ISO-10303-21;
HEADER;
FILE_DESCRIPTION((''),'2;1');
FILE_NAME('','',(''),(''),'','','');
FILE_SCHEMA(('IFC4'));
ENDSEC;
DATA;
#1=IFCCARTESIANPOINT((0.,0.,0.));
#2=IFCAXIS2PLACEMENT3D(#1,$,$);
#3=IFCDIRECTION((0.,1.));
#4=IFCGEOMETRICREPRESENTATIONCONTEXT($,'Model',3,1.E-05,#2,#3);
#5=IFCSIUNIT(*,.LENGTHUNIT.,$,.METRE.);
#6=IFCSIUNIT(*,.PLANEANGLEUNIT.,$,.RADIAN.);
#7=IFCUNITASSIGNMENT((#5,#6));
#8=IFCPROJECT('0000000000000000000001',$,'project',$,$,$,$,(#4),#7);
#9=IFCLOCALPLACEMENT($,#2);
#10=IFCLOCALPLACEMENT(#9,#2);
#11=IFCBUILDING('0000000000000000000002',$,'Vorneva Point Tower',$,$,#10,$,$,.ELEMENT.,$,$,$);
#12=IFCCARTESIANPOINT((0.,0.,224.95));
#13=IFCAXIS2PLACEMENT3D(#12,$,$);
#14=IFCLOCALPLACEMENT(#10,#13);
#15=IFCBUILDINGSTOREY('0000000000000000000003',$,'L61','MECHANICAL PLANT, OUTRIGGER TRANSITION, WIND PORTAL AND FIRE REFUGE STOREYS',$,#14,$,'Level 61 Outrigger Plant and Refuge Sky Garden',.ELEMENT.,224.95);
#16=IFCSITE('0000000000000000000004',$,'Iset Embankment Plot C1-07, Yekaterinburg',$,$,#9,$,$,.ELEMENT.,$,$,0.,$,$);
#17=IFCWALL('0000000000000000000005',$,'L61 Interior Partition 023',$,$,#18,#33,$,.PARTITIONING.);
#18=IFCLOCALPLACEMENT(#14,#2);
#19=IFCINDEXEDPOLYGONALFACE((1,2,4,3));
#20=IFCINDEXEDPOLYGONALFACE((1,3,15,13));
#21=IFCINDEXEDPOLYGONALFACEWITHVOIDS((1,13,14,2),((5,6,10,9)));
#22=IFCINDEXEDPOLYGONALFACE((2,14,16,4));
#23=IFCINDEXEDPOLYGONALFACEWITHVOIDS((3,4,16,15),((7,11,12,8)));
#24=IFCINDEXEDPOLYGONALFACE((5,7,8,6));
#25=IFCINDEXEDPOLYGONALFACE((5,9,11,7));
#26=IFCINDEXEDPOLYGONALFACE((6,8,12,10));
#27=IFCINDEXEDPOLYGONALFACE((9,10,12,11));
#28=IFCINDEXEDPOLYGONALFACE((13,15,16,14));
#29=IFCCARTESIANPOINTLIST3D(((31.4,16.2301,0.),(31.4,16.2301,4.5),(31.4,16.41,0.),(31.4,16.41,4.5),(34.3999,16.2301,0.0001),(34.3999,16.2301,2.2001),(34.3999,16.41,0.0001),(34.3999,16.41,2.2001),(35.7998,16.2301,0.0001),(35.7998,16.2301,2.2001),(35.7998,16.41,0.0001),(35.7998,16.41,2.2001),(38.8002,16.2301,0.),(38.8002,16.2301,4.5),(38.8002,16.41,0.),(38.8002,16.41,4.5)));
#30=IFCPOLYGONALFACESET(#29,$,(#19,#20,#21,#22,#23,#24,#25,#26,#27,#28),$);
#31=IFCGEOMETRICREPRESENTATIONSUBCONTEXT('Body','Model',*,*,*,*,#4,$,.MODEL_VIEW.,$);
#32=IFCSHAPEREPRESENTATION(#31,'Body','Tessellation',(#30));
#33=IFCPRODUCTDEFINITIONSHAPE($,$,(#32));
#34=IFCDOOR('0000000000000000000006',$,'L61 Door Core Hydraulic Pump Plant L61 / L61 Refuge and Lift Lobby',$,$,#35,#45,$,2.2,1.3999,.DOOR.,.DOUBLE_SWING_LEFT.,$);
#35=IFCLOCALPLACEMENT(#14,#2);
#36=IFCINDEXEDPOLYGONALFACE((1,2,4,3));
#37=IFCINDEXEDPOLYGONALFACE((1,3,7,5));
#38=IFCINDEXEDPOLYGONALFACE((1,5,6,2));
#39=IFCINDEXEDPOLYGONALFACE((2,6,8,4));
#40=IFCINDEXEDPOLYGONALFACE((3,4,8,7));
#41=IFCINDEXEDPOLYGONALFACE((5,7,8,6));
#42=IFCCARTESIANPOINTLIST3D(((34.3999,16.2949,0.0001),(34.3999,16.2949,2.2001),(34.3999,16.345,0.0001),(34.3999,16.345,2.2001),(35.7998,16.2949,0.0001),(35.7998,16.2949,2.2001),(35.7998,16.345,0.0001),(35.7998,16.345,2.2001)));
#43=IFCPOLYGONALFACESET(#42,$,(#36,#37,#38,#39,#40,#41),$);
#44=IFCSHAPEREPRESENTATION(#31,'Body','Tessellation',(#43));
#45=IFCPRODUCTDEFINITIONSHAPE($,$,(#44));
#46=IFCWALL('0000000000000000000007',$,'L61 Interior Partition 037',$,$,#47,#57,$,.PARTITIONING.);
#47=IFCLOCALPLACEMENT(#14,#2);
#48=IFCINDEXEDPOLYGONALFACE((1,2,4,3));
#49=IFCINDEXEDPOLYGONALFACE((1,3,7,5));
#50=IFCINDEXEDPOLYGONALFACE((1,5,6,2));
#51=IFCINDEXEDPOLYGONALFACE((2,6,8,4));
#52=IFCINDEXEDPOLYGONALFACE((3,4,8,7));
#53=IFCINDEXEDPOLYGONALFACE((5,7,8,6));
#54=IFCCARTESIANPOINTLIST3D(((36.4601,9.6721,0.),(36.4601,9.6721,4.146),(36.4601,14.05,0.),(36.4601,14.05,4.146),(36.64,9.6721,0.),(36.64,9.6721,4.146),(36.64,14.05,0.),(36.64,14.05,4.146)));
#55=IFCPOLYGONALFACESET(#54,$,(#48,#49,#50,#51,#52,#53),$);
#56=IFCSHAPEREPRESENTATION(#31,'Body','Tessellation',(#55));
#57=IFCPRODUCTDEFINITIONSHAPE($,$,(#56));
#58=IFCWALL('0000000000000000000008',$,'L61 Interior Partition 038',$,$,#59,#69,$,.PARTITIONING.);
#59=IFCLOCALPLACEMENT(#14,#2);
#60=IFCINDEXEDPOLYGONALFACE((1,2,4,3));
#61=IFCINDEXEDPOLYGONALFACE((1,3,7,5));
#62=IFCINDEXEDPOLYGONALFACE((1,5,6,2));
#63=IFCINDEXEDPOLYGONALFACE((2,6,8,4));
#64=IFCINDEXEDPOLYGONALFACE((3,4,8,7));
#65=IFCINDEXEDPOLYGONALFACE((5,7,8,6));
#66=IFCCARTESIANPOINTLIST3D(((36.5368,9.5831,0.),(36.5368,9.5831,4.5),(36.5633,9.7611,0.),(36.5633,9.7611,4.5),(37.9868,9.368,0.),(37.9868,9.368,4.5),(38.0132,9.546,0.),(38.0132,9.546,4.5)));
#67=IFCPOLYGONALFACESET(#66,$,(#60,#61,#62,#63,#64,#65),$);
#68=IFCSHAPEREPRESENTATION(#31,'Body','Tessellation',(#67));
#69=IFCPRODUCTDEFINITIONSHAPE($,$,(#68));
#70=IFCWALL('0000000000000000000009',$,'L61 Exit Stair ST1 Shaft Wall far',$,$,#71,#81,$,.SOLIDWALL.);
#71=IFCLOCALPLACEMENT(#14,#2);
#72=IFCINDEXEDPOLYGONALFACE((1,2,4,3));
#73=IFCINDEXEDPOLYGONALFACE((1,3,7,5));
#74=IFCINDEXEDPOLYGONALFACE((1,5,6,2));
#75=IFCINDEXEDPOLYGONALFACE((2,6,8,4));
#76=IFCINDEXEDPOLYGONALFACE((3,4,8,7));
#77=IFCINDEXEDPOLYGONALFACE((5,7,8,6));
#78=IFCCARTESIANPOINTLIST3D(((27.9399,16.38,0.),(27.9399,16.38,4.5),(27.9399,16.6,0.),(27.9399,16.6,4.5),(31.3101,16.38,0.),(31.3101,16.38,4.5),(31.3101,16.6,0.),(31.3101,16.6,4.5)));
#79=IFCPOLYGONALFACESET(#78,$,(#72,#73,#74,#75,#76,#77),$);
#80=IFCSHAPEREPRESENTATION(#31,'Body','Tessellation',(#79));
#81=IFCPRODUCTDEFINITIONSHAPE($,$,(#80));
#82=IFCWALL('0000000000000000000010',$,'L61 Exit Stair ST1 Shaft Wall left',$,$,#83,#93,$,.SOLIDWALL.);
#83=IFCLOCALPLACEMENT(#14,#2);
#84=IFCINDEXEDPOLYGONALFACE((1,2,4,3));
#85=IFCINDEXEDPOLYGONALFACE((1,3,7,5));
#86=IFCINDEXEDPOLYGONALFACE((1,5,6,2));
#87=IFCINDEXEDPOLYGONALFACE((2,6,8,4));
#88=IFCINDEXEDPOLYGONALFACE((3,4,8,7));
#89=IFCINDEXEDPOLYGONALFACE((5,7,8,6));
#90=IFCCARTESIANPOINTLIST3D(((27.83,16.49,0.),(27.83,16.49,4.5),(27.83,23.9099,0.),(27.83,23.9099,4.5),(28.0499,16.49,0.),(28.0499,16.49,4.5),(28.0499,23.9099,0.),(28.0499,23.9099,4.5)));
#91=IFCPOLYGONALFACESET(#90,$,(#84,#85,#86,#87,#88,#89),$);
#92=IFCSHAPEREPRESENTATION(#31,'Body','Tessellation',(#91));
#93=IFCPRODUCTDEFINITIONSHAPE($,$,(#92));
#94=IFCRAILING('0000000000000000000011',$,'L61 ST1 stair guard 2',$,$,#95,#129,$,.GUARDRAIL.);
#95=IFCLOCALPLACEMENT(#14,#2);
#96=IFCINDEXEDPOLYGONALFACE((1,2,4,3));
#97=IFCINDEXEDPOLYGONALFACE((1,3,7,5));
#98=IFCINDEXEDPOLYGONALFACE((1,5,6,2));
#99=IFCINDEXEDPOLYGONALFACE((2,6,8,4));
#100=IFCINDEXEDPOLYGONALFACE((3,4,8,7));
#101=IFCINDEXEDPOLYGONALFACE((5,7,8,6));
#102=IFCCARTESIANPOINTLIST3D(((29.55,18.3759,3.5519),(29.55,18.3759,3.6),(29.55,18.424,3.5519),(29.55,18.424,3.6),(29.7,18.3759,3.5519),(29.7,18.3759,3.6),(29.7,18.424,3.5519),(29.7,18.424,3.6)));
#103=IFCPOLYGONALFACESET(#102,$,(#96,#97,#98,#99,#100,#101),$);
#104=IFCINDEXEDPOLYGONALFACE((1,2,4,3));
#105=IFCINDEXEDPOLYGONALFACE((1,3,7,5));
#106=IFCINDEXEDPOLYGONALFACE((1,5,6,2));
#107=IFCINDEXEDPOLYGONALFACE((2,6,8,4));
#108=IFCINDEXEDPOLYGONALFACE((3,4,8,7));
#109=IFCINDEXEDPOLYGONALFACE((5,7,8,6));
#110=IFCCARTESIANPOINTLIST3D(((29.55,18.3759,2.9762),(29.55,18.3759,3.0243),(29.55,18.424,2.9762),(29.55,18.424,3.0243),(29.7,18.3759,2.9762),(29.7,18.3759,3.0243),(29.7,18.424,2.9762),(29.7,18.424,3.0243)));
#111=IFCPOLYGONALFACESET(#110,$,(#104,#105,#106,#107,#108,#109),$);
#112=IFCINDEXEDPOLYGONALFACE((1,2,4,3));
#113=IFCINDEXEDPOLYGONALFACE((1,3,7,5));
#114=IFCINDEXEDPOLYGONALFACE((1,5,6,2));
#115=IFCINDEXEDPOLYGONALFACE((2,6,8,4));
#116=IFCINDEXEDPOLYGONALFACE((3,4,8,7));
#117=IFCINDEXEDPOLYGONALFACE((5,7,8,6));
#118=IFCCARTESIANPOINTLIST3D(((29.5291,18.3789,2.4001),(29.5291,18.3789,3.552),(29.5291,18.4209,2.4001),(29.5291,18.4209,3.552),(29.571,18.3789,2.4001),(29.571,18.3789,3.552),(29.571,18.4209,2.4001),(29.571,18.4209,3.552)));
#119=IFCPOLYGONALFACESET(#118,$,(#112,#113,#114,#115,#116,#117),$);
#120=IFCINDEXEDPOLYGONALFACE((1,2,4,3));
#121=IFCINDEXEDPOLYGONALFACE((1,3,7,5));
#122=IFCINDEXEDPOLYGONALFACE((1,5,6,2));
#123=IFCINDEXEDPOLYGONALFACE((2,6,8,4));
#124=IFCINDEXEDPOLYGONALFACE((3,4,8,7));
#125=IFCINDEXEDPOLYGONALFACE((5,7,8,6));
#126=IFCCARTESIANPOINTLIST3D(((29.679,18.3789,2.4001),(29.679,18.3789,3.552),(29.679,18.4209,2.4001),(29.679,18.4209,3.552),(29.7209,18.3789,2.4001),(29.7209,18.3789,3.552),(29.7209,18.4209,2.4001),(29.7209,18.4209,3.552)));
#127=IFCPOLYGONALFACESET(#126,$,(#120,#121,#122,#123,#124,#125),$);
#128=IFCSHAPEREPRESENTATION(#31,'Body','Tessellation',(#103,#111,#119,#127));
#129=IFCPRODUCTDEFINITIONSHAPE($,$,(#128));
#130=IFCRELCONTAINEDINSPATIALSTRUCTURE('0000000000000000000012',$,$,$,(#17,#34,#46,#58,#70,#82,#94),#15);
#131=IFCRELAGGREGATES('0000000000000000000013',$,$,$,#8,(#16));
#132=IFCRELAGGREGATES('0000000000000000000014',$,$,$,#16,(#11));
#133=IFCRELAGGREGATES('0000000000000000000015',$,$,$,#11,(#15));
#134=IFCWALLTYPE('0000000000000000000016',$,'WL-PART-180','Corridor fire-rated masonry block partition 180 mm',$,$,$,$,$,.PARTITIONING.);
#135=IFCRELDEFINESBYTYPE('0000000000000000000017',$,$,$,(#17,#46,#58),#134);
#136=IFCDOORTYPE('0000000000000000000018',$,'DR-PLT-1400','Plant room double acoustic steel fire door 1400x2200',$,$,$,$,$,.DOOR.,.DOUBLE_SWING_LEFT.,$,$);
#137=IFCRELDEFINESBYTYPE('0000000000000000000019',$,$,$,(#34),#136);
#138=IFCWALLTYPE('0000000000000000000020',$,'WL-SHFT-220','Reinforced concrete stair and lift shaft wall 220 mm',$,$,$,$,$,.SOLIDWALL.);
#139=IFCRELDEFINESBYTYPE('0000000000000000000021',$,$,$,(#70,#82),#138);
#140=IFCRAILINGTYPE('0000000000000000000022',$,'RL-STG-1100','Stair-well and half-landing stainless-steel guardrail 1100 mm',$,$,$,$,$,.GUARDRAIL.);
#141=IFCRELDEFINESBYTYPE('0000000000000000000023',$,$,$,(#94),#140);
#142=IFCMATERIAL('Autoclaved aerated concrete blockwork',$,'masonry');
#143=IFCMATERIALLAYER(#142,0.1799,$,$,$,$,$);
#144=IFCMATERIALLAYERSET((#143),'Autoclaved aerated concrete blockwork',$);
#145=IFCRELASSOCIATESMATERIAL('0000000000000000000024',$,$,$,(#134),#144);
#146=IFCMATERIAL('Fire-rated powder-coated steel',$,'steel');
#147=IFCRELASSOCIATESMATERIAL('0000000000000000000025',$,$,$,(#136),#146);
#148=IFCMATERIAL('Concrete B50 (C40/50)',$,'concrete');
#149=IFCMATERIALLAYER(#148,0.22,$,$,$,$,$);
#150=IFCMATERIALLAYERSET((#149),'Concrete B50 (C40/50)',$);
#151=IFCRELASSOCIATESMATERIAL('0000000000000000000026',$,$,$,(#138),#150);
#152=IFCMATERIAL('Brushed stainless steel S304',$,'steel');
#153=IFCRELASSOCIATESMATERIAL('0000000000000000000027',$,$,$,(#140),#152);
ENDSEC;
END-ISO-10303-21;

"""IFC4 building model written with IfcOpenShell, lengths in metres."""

from ifc_helpers import new_model, si_unit, direction, frame, frame_2d, origin, origin_2d, place, context, subcontext, project, spatial, rectangle, extrude, material, layer, layer_set, type_object, element, fill, save


model = new_model("IFC4")

# Units and contexts
model_context = context("Model", 3, precision=1e-05, world=origin(), true_north=direction((0.0, 1.0)))
body_context = subcontext(model_context, "Body", "Model", "MODEL_VIEW")
ifc_project = project(units=[si_unit("LENGTHUNIT", "METRE"), si_unit("PLANEANGLEUNIT", "RADIAN")], contexts=[model_context])

# Site, building, storey
site_placement = place(None, origin())
site = spatial("IfcSite", under=ifc_project, at=site_placement, Name="Iset Embankment Plot C1-07, Yekaterinburg", CompositionType="ELEMENT", RefElevation=0.0)
building_placement = place(site_placement, origin())
building = spatial("IfcBuilding", under=site, at=building_placement, Name="Vorneva Point Tower", CompositionType="ELEMENT")
storey_placement = place(building_placement, frame((0.0, 0.0, 224.95)))
storey = spatial("IfcBuildingStorey", under=building, at=storey_placement, Name="L61", Description="MECHANICAL PLANT, OUTRIGGER TRANSITION, WIND PORTAL AND FIRE REFUGE STOREYS", LongName="Level 61 Outrigger Plant and Refuge Sky Garden", CompositionType="ELEMENT", Elevation=224.95)

# Shared definitions
ifc_material_1 = material(Name="Concrete B50 (C40/50)", Category="concrete")

# Wall, opening, door
ifc_material_2 = material(Name="Autoclaved aerated concrete blockwork", Category="masonry")
ifc_layer_1 = layer(ifc_material_2, 0.1799)
ifc_layer_set_1 = layer_set([ifc_layer_1], Name="Autoclaved aerated concrete blockwork")
wall_type_1 = type_object("IfcWallType", Name="WL-PART-180", Description="Corridor fire-rated masonry block partition 180 mm", PredefinedType="PARTITIONING", material=ifc_layer_set_1)
wall_1_placement = place(storey_placement, frame((31.3999, 16.3201, 0.0), z_axis=(0.0, 0.0, 1.0), x_axis=(1.0, 0.0, 0.0)))
wall_1 = element("IfcWall", 1, at=wall_1_placement, inside=storey, type_object=wall_type_1, Name="L61 Interior Partition 023", PredefinedType="PARTITIONING", context=body_context, shape_type="SweptSolid", body=[
    extrude(rectangle(XDim=7.4001, YDim=0.1799, at=frame_2d((3.7002, 0.0))), origin(), (0.0, 0.0, 1.0), 4.5),
])
opening_placement = place(wall_1_placement, frame((3.0, 0.0, 0.0)))
opening = element("IfcOpeningElement", 2, at=opening_placement, cuts=wall_1, PredefinedType="OPENING", context=body_context, shape_type="SweptSolid", body=[
    extrude(rectangle(XDim=1.3999, YDim=2.2, at=frame_2d((0.7, 1.1001))), frame((0.0, 0.105, 0.0), z_axis=(0.0, -1.0, 0.0), x_axis=(1.0, 0.0, 0.0)), (0.0, 0.0, 1.0), 0.2097),
])
ifc_material_3 = material(Name="Fire-rated powder-coated steel", Category="steel")
door_type = type_object("IfcDoorType", Name="DR-PLT-1400", Description="Plant room double acoustic steel fire door 1400x2200", OperationType="DOUBLE_SWING_LEFT", PredefinedType="DOOR", material=ifc_material_3)
door_placement = place(opening_placement, origin())
door = element("IfcDoor", 3, at=door_placement, inside=storey, type_object=door_type, Name="L61 Door Core Hydraulic Pump Plant L61 / L61 Refuge and Lift Lobby", OperationType="DOUBLE_SWING_LEFT", OverallHeight=2.2, OverallWidth=1.3999, PredefinedType="DOOR", context=body_context, shape_type="SweptSolid", body=[
    extrude(rectangle(XDim=1.3999, YDim=2.2, at=frame_2d((0.7, 1.1001))), frame((0.0, 0.0249, 0.0), z_axis=(0.0, -1.0, 0.0), x_axis=(1.0, 0.0, 0.0)), (0.0, 0.0, 1.0), 0.05),
])
fill(opening, door)

# Walls
wall_2_placement = place(storey_placement, frame((36.55, 14.05, 0.0), z_axis=(0.0, 0.0, 1.0), x_axis=(0.0, -1.0, 0.0)))
element("IfcWall", 4, at=wall_2_placement, inside=storey, type_object=wall_type_1, Name="L61 Interior Partition 037", PredefinedType="PARTITIONING", context=body_context, shape_type="SweptSolid", body=[
    extrude(rectangle(XDim=4.3779, YDim=0.1799, at=frame_2d((2.189, 0.0))), origin(), (0.0, 0.0, 1.0), 4.146),
])
wall_3_placement = place(storey_placement, frame((36.55, 9.6721, 0.0), z_axis=(0.0, 0.0, 1.0), x_axis=(0.989176, -0.146736, 0.0)))
element("IfcWall", 5, at=wall_3_placement, inside=storey, type_object=wall_type_1, Name="L61 Interior Partition 038", PredefinedType="PARTITIONING", context=body_context, shape_type="SweptSolid", body=[
    extrude(rectangle(XDim=1.4658, YDim=0.1799, at=frame_2d((0.7329, 0.0))), origin(), (0.0, 0.0, 1.0), 4.5),
])
ifc_layer_2 = layer(ifc_material_1, 0.22)
ifc_layer_set_2 = layer_set([ifc_layer_2], Name="Concrete B50 (C40/50)")
wall_type_2 = type_object("IfcWallType", Name="WL-SHFT-220", Description="Reinforced concrete stair and lift shaft wall 220 mm", PredefinedType="SOLIDWALL", material=ifc_layer_set_2)
wall_4_placement = place(storey_placement, frame((31.3101, 16.49, 0.0), z_axis=(0.0, 0.0, 1.0), x_axis=(-1.0, 0.0, 0.0)))
element("IfcWall", 6, at=wall_4_placement, inside=storey, type_object=wall_type_2, Name="L61 Exit Stair ST1 Shaft Wall far", PredefinedType="SOLIDWALL", context=body_context, shape_type="SweptSolid", body=[
    extrude(rectangle(XDim=3.3701, YDim=0.22, at=frame_2d((1.6851, 0.0))), origin(), (0.0, 0.0, 1.0), 4.5),
])
wall_5_placement = place(storey_placement, frame((27.9399, 16.49, 0.0), z_axis=(0.0, 0.0, 1.0), x_axis=(0.0, 1.0, 0.0)))
element("IfcWall", 7, at=wall_5_placement, inside=storey, type_object=wall_type_2, Name="L61 Exit Stair ST1 Shaft Wall left", PredefinedType="SOLIDWALL", context=body_context, shape_type="SweptSolid", body=[
    extrude(rectangle(XDim=7.4199, YDim=0.22, at=frame_2d((3.71, 0.0))), origin(), (0.0, 0.0, 1.0), 4.5),
])

# Railing
ifc_material_4 = material(Name="Brushed stainless steel S304", Category="steel")
railing_type = type_object("IfcRailingType", Name="RL-STG-1100", Description="Stair-well and half-landing stainless-steel guardrail 1100 mm", PredefinedType="GUARDRAIL", material=ifc_material_4)
railing_placement = place(storey_placement, frame((29.55, 18.3999, 2.4001)))
element("IfcRailing", 8, at=railing_placement, inside=storey, type_object=railing_type, Name="L61 ST1 stair guard 2", PredefinedType="GUARDRAIL", context=body_context, shape_type="SweptSolid", body=[
    extrude(rectangle(XDim=0.0481, YDim=0.0481, at=origin_2d()), frame((0.0, 0.0, 1.1758), z_axis=(1.0, 0.0, 0.0), x_axis=(0.0, 1.0, 0.0)), (0.0, 0.0, 1.0), 0.1499),
    extrude(rectangle(XDim=0.0481, YDim=0.0481, at=origin_2d()), frame((0.0, 0.0, 0.6001), z_axis=(1.0, 0.0, 0.0), x_axis=(0.0, 1.0, 0.0)), (0.0, 0.0, 1.0), 0.1499),
    extrude(rectangle(XDim=0.042, YDim=0.042, at=origin_2d()), origin(), (0.0, 0.0, 1.0), 1.1519),
    extrude(rectangle(XDim=0.042, YDim=0.042, at=origin_2d()), frame((0.1499, 0.0, 0.0)), (0.0, 0.0, 1.0), 1.1519),
])

save(model, "model.ifc")
